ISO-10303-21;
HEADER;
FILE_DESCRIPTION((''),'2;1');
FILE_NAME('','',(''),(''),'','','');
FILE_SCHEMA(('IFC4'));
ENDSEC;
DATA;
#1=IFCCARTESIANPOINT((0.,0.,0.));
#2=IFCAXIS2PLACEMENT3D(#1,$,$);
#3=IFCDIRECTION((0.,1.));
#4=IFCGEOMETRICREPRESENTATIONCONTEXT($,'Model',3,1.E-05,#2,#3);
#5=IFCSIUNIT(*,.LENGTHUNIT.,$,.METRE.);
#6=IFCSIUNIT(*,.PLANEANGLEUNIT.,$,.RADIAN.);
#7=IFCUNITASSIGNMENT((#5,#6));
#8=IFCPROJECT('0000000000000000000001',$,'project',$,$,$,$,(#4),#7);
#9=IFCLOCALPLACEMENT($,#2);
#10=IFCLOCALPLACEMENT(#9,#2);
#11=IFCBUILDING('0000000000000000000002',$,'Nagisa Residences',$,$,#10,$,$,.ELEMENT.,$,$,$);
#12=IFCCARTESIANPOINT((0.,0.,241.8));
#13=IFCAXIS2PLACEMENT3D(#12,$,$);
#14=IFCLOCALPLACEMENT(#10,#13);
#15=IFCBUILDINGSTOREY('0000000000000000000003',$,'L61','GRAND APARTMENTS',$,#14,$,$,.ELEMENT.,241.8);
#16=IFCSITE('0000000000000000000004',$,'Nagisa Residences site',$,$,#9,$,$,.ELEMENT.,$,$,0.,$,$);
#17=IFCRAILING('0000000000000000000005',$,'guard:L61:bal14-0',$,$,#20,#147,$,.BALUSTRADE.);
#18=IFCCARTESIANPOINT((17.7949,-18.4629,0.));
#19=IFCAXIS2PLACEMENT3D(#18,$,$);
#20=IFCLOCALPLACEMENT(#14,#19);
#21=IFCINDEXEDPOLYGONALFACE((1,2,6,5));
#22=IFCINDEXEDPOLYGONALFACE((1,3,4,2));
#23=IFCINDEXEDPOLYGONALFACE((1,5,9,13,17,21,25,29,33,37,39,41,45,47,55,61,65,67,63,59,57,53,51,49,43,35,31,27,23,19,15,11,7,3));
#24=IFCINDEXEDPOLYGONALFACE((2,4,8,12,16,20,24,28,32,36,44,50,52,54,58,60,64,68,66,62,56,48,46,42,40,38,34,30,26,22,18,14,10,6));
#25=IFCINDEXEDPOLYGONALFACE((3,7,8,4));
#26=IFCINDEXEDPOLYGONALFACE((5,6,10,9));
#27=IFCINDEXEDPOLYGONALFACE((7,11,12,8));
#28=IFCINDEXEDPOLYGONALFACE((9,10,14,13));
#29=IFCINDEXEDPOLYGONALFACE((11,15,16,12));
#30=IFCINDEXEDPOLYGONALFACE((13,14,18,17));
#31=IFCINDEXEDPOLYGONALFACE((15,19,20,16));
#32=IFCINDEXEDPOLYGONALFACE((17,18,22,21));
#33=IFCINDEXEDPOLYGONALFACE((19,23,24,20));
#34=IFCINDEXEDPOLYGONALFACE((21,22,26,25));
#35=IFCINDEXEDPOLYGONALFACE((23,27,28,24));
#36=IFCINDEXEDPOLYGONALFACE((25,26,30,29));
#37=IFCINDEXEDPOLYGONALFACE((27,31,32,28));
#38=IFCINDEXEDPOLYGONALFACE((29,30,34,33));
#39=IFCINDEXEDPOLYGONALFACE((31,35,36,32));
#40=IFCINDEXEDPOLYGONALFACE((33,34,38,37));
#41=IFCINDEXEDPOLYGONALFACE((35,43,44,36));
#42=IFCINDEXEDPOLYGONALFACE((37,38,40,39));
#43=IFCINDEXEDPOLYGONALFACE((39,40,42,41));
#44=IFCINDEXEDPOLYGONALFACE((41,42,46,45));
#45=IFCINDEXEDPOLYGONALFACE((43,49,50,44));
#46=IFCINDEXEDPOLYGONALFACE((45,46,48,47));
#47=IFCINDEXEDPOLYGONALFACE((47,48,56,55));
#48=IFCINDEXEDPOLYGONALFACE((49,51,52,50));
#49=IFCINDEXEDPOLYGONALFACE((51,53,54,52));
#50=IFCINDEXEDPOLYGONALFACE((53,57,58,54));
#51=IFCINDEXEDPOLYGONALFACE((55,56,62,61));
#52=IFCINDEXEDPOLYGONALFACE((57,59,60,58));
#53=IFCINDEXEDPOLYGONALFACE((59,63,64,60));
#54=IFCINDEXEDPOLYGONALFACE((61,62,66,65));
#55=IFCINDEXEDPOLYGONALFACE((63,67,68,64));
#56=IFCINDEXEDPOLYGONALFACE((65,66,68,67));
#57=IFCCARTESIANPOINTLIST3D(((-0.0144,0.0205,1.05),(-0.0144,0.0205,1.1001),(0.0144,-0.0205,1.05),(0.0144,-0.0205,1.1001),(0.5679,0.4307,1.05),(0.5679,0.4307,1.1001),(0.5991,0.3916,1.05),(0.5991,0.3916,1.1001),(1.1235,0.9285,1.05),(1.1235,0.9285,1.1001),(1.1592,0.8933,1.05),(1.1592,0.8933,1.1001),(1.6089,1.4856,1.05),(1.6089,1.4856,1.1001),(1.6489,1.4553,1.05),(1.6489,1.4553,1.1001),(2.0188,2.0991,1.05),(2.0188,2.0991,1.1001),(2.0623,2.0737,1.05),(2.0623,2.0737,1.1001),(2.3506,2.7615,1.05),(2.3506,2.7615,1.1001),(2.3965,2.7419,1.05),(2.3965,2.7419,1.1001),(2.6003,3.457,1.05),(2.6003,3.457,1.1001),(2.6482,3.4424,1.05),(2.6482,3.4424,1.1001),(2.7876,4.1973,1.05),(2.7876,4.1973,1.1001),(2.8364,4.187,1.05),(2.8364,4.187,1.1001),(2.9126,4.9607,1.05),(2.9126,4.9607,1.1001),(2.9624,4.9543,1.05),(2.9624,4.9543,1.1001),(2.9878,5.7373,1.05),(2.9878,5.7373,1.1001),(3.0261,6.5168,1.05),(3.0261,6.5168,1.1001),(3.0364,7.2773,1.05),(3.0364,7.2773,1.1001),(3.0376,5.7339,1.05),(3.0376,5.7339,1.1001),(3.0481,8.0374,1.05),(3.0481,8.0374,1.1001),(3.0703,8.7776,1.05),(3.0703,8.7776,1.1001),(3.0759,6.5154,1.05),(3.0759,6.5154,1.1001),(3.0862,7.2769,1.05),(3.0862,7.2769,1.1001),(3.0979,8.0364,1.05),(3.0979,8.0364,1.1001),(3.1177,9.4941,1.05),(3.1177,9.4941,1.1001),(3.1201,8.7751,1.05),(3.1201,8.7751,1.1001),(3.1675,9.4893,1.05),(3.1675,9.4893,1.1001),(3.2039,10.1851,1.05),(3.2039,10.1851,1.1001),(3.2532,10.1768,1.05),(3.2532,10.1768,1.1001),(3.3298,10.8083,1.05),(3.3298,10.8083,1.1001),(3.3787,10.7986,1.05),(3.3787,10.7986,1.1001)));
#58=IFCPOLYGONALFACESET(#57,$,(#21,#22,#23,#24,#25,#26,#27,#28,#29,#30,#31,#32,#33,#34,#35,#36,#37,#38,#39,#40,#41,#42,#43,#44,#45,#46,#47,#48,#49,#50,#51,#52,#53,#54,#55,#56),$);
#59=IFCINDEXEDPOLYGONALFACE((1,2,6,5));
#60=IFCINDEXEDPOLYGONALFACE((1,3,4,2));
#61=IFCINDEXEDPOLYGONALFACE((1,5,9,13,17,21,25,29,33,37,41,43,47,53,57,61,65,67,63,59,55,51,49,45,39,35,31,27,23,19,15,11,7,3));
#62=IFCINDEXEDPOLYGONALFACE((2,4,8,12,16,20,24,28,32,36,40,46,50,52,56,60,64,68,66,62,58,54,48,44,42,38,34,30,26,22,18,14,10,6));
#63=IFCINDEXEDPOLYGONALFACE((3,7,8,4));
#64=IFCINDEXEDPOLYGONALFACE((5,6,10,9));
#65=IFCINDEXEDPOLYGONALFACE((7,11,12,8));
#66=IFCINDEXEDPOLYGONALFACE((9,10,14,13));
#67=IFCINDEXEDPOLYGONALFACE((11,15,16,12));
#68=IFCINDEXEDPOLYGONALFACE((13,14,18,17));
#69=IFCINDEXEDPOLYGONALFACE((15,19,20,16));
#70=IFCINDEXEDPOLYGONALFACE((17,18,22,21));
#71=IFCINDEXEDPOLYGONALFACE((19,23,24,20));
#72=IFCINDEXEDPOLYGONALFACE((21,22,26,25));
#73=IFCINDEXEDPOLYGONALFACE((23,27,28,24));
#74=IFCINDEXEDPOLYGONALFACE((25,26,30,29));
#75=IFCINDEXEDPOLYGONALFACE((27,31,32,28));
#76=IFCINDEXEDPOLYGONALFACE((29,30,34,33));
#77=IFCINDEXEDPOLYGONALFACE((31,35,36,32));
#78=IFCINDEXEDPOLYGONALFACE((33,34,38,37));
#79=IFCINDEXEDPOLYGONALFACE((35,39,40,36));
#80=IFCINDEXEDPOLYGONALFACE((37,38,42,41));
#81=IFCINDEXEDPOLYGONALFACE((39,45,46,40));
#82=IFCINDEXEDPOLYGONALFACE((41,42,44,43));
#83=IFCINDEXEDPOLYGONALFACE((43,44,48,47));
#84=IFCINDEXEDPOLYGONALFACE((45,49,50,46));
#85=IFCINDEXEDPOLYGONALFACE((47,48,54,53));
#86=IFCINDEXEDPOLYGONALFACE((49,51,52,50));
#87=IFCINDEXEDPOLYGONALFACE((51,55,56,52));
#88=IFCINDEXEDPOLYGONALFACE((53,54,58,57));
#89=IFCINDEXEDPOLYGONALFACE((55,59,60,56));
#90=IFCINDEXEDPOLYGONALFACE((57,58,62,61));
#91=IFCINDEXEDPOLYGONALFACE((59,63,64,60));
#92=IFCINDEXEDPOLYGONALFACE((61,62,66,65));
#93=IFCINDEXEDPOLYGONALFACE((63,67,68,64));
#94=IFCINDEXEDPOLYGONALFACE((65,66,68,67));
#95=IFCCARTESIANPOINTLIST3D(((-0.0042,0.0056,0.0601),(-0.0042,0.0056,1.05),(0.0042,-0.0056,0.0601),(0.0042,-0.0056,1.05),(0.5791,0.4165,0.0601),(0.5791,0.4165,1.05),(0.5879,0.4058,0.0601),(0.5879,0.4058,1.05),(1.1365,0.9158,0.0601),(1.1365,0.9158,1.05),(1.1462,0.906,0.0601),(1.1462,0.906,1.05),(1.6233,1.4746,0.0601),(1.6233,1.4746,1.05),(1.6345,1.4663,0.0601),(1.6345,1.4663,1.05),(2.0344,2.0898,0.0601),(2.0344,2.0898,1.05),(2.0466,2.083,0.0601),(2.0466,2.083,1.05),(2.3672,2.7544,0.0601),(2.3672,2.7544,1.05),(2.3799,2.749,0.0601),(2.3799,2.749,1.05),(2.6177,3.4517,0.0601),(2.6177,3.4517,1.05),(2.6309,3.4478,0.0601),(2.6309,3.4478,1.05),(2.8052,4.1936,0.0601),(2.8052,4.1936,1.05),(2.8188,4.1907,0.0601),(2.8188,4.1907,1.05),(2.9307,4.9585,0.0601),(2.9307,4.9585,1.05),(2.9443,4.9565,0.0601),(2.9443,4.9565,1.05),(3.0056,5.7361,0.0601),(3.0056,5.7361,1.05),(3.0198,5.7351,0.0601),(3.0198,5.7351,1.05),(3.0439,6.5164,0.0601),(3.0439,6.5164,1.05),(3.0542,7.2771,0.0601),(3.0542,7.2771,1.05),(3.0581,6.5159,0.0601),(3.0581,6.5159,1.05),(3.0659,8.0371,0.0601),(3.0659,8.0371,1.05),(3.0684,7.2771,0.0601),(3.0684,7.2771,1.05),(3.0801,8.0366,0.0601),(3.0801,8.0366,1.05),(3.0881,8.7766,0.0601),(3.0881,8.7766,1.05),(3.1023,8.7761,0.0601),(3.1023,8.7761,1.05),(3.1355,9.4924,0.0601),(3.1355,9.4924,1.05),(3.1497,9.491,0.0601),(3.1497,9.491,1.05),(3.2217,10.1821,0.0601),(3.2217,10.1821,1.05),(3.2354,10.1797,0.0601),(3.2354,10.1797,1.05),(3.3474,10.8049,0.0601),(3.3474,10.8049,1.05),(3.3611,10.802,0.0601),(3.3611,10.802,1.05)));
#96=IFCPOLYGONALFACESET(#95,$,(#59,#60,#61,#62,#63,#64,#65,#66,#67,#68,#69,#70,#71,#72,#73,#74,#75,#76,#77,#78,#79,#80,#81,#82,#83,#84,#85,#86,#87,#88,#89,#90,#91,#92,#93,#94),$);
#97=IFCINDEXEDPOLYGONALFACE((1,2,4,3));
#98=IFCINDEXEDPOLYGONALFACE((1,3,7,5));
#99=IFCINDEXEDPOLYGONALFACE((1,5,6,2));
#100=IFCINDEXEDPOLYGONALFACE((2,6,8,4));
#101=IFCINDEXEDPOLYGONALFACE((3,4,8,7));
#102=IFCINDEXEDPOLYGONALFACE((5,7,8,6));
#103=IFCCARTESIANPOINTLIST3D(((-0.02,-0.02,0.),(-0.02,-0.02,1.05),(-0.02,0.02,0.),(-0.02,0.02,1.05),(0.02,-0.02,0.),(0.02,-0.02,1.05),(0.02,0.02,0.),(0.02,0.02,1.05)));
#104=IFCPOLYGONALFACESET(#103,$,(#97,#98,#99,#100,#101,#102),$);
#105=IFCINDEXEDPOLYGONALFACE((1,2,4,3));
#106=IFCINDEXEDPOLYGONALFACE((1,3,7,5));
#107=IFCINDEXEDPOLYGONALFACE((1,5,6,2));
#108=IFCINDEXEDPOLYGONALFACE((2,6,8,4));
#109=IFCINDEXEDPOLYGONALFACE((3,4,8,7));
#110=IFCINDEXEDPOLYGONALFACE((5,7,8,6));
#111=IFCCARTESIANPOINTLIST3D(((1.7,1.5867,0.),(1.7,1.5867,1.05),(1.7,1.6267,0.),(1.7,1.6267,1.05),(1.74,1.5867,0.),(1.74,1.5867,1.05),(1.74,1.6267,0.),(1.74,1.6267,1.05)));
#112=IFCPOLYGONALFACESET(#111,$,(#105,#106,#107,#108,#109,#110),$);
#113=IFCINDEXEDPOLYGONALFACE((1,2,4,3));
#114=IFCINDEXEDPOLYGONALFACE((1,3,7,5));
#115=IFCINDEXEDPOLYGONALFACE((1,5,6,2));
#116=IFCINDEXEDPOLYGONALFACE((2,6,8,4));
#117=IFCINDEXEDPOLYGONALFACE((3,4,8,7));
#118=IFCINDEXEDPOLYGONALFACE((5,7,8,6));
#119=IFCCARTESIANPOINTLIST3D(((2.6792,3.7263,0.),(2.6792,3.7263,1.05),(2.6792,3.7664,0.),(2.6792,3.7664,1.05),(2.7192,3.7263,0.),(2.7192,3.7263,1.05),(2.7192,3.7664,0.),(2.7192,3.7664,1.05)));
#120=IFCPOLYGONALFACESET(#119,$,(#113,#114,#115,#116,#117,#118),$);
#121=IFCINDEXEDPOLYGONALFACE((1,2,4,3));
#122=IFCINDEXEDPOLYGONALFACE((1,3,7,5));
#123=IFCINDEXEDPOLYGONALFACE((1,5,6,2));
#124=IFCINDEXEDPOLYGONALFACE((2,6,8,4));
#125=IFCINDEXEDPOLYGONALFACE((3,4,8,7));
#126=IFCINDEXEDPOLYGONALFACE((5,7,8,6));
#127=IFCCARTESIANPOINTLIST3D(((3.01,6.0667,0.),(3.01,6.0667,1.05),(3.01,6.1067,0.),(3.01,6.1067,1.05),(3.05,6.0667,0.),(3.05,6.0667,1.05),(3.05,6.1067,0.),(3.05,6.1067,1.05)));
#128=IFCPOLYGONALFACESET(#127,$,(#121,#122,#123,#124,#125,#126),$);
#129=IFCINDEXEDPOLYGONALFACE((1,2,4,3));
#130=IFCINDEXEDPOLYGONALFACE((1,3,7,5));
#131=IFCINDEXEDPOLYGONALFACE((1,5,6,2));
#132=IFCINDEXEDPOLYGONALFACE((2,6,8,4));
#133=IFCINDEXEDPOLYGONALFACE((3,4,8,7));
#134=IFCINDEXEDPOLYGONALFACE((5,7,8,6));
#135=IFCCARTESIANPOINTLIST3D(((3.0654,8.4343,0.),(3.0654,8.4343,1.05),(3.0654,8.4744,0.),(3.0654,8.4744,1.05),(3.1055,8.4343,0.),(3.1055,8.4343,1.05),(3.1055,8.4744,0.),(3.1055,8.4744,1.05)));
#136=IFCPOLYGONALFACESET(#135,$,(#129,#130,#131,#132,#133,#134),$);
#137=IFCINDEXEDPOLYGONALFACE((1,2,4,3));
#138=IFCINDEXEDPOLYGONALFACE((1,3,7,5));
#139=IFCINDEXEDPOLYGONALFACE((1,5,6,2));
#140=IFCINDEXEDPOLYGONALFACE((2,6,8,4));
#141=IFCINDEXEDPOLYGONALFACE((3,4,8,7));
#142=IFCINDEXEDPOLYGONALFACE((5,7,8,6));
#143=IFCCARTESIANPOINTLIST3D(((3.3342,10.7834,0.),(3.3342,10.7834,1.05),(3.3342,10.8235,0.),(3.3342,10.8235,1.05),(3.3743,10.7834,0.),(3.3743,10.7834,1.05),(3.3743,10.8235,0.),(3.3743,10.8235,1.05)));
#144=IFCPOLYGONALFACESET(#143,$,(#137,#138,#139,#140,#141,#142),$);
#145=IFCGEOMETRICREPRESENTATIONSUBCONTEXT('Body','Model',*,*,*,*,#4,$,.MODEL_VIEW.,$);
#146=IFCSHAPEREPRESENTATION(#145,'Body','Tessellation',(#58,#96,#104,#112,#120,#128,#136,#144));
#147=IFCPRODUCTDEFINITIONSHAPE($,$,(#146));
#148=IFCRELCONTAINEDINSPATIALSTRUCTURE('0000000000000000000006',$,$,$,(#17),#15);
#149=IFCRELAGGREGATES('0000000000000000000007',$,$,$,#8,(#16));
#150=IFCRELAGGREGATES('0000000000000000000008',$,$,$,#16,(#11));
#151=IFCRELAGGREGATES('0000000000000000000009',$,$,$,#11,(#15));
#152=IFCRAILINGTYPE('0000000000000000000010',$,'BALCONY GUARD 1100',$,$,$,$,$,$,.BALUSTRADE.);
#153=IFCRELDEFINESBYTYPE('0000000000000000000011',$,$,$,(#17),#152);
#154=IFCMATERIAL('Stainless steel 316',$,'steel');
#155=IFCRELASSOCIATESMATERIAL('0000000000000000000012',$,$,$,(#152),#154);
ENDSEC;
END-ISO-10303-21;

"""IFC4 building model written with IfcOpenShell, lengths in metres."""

from ifc_helpers import new_model, si_unit, direction, frame, origin, origin_2d, place, context, subcontext, project, spatial, polyline, rectangle, outline, extrude, material, type_object, element, save


model = new_model("IFC4")

# Units and contexts
model_context = context("Model", 3, precision=1e-05, world=origin(), true_north=direction((0.0, 1.0)))
body_context = subcontext(model_context, "Body", "Model", "MODEL_VIEW")
ifc_project = project(units=[si_unit("LENGTHUNIT", "METRE"), si_unit("PLANEANGLEUNIT", "RADIAN")], contexts=[model_context])

# Site, building, storey
site_placement = place(None, origin())
site = spatial("IfcSite", under=ifc_project, at=site_placement, Name="Nagisa Residences site", CompositionType="ELEMENT", RefElevation=0.0)
building_placement = place(site_placement, origin())
building = spatial("IfcBuilding", under=site, at=building_placement, Name="Nagisa Residences", CompositionType="ELEMENT")
storey_placement = place(building_placement, frame((0.0, 0.0, 241.8)))
storey = spatial("IfcBuildingStorey", under=building, at=storey_placement, Name="L61", Description="GRAND APARTMENTS", CompositionType="ELEMENT", Elevation=241.8)

# Railing
ifc_material_1 = material(Name="Stainless steel 316", Category="steel")
railing_type = type_object("IfcRailingType", Name="BALCONY GUARD 1100", PredefinedType="BALUSTRADE", material=ifc_material_1)
railing_placement = place(storey_placement, frame((17.7949, -18.4629, 0.0)))
element("IfcRailing", 1, at=railing_placement, inside=storey, type_object=railing_type, Name="guard:L61:bal14-0", PredefinedType="BALUSTRADE", context=body_context, shape_type="SweptSolid", body=[
    extrude(outline(polyline([(0.5679, 0.4307), (-0.0144, 0.0205), (0.0144, -0.0205), (0.5991, 0.3916), (1.1592, 0.8933), (1.6489, 1.4553), (2.0623, 2.0737), (2.3965, 2.7419), (2.6482, 3.4424), (2.8364, 4.187), (2.9624, 4.9543), (3.0376, 5.7339), (3.0759, 6.5154), (3.0862, 7.2769), (3.0979, 8.0364), (3.1201, 8.7751), (3.1675, 9.4893), (3.2532, 10.1768), (3.3787, 10.7986), (3.3298, 10.8083), (3.2039, 10.1851), (3.1177, 9.4941), (3.0703, 8.7776), (3.0481, 8.0374), (3.0364, 7.2773), (3.0261, 6.5168), (2.9878, 5.7373), (2.9126, 4.9607), (2.7876, 4.1973), (2.6003, 3.457), (2.3506, 2.7615), (2.0188, 2.0991), (1.6089, 1.4856), (1.1235, 0.9285), (0.5679, 0.4307)])), frame((0.0, 0.0, 1.05)), (0.0, 0.0, 1.0), 0.05),
    extrude(outline(polyline([(0.5791, 0.4165), (-0.0042, 0.0056), (0.0042, -0.0056), (0.5879, 0.4058), (1.1462, 0.906), (1.6345, 1.4663), (2.0466, 2.083), (2.3799, 2.749), (2.6309, 3.4478), (2.8188, 4.1907), (2.9443, 4.9565), (3.0198, 5.7351), (3.0581, 6.5159), (3.0684, 7.2771), (3.0801, 8.0366), (3.1023, 8.7761), (3.1497, 9.491), (3.2354, 10.1797), (3.3611, 10.802), (3.3474, 10.8049), (3.2217, 10.1821), (3.1355, 9.4924), (3.0881, 8.7766), (3.0659, 8.0371), (3.0542, 7.2771), (3.0439, 6.5164), (3.0056, 5.7361), (2.9307, 4.9585), (2.8052, 4.1936), (2.6177, 3.4517), (2.3672, 2.7544), (2.0344, 2.0898), (1.6233, 1.4746), (1.1365, 0.9158), (0.5791, 0.4165)])), frame((0.0, 0.0, 0.0601)), (0.0, 0.0, 1.0), 0.99),
    extrude(rectangle(XDim=0.04, YDim=0.04, at=origin_2d()), origin(), (0.0, 0.0, 1.0), 1.05),
    extrude(rectangle(XDim=0.04, YDim=0.04, at=origin_2d()), frame((1.72, 1.6067, 0.0)), (0.0, 0.0, 1.0), 1.05),
    extrude(rectangle(XDim=0.04, YDim=0.04, at=origin_2d()), frame((2.6992, 3.7463, 0.0)), (0.0, 0.0, 1.0), 1.05),
    extrude(rectangle(XDim=0.04, YDim=0.04, at=origin_2d()), frame((3.03, 6.0867, 0.0)), (0.0, 0.0, 1.0), 1.05),
    extrude(rectangle(XDim=0.04, YDim=0.04, at=origin_2d()), frame((3.0854, 8.4543, 0.0)), (0.0, 0.0, 1.0), 1.05),
    extrude(rectangle(XDim=0.04, YDim=0.04, at=origin_2d()), frame((3.3542, 10.8035, 0.0)), (0.0, 0.0, 1.0), 1.05),
])

save(model, "model.ifc")
